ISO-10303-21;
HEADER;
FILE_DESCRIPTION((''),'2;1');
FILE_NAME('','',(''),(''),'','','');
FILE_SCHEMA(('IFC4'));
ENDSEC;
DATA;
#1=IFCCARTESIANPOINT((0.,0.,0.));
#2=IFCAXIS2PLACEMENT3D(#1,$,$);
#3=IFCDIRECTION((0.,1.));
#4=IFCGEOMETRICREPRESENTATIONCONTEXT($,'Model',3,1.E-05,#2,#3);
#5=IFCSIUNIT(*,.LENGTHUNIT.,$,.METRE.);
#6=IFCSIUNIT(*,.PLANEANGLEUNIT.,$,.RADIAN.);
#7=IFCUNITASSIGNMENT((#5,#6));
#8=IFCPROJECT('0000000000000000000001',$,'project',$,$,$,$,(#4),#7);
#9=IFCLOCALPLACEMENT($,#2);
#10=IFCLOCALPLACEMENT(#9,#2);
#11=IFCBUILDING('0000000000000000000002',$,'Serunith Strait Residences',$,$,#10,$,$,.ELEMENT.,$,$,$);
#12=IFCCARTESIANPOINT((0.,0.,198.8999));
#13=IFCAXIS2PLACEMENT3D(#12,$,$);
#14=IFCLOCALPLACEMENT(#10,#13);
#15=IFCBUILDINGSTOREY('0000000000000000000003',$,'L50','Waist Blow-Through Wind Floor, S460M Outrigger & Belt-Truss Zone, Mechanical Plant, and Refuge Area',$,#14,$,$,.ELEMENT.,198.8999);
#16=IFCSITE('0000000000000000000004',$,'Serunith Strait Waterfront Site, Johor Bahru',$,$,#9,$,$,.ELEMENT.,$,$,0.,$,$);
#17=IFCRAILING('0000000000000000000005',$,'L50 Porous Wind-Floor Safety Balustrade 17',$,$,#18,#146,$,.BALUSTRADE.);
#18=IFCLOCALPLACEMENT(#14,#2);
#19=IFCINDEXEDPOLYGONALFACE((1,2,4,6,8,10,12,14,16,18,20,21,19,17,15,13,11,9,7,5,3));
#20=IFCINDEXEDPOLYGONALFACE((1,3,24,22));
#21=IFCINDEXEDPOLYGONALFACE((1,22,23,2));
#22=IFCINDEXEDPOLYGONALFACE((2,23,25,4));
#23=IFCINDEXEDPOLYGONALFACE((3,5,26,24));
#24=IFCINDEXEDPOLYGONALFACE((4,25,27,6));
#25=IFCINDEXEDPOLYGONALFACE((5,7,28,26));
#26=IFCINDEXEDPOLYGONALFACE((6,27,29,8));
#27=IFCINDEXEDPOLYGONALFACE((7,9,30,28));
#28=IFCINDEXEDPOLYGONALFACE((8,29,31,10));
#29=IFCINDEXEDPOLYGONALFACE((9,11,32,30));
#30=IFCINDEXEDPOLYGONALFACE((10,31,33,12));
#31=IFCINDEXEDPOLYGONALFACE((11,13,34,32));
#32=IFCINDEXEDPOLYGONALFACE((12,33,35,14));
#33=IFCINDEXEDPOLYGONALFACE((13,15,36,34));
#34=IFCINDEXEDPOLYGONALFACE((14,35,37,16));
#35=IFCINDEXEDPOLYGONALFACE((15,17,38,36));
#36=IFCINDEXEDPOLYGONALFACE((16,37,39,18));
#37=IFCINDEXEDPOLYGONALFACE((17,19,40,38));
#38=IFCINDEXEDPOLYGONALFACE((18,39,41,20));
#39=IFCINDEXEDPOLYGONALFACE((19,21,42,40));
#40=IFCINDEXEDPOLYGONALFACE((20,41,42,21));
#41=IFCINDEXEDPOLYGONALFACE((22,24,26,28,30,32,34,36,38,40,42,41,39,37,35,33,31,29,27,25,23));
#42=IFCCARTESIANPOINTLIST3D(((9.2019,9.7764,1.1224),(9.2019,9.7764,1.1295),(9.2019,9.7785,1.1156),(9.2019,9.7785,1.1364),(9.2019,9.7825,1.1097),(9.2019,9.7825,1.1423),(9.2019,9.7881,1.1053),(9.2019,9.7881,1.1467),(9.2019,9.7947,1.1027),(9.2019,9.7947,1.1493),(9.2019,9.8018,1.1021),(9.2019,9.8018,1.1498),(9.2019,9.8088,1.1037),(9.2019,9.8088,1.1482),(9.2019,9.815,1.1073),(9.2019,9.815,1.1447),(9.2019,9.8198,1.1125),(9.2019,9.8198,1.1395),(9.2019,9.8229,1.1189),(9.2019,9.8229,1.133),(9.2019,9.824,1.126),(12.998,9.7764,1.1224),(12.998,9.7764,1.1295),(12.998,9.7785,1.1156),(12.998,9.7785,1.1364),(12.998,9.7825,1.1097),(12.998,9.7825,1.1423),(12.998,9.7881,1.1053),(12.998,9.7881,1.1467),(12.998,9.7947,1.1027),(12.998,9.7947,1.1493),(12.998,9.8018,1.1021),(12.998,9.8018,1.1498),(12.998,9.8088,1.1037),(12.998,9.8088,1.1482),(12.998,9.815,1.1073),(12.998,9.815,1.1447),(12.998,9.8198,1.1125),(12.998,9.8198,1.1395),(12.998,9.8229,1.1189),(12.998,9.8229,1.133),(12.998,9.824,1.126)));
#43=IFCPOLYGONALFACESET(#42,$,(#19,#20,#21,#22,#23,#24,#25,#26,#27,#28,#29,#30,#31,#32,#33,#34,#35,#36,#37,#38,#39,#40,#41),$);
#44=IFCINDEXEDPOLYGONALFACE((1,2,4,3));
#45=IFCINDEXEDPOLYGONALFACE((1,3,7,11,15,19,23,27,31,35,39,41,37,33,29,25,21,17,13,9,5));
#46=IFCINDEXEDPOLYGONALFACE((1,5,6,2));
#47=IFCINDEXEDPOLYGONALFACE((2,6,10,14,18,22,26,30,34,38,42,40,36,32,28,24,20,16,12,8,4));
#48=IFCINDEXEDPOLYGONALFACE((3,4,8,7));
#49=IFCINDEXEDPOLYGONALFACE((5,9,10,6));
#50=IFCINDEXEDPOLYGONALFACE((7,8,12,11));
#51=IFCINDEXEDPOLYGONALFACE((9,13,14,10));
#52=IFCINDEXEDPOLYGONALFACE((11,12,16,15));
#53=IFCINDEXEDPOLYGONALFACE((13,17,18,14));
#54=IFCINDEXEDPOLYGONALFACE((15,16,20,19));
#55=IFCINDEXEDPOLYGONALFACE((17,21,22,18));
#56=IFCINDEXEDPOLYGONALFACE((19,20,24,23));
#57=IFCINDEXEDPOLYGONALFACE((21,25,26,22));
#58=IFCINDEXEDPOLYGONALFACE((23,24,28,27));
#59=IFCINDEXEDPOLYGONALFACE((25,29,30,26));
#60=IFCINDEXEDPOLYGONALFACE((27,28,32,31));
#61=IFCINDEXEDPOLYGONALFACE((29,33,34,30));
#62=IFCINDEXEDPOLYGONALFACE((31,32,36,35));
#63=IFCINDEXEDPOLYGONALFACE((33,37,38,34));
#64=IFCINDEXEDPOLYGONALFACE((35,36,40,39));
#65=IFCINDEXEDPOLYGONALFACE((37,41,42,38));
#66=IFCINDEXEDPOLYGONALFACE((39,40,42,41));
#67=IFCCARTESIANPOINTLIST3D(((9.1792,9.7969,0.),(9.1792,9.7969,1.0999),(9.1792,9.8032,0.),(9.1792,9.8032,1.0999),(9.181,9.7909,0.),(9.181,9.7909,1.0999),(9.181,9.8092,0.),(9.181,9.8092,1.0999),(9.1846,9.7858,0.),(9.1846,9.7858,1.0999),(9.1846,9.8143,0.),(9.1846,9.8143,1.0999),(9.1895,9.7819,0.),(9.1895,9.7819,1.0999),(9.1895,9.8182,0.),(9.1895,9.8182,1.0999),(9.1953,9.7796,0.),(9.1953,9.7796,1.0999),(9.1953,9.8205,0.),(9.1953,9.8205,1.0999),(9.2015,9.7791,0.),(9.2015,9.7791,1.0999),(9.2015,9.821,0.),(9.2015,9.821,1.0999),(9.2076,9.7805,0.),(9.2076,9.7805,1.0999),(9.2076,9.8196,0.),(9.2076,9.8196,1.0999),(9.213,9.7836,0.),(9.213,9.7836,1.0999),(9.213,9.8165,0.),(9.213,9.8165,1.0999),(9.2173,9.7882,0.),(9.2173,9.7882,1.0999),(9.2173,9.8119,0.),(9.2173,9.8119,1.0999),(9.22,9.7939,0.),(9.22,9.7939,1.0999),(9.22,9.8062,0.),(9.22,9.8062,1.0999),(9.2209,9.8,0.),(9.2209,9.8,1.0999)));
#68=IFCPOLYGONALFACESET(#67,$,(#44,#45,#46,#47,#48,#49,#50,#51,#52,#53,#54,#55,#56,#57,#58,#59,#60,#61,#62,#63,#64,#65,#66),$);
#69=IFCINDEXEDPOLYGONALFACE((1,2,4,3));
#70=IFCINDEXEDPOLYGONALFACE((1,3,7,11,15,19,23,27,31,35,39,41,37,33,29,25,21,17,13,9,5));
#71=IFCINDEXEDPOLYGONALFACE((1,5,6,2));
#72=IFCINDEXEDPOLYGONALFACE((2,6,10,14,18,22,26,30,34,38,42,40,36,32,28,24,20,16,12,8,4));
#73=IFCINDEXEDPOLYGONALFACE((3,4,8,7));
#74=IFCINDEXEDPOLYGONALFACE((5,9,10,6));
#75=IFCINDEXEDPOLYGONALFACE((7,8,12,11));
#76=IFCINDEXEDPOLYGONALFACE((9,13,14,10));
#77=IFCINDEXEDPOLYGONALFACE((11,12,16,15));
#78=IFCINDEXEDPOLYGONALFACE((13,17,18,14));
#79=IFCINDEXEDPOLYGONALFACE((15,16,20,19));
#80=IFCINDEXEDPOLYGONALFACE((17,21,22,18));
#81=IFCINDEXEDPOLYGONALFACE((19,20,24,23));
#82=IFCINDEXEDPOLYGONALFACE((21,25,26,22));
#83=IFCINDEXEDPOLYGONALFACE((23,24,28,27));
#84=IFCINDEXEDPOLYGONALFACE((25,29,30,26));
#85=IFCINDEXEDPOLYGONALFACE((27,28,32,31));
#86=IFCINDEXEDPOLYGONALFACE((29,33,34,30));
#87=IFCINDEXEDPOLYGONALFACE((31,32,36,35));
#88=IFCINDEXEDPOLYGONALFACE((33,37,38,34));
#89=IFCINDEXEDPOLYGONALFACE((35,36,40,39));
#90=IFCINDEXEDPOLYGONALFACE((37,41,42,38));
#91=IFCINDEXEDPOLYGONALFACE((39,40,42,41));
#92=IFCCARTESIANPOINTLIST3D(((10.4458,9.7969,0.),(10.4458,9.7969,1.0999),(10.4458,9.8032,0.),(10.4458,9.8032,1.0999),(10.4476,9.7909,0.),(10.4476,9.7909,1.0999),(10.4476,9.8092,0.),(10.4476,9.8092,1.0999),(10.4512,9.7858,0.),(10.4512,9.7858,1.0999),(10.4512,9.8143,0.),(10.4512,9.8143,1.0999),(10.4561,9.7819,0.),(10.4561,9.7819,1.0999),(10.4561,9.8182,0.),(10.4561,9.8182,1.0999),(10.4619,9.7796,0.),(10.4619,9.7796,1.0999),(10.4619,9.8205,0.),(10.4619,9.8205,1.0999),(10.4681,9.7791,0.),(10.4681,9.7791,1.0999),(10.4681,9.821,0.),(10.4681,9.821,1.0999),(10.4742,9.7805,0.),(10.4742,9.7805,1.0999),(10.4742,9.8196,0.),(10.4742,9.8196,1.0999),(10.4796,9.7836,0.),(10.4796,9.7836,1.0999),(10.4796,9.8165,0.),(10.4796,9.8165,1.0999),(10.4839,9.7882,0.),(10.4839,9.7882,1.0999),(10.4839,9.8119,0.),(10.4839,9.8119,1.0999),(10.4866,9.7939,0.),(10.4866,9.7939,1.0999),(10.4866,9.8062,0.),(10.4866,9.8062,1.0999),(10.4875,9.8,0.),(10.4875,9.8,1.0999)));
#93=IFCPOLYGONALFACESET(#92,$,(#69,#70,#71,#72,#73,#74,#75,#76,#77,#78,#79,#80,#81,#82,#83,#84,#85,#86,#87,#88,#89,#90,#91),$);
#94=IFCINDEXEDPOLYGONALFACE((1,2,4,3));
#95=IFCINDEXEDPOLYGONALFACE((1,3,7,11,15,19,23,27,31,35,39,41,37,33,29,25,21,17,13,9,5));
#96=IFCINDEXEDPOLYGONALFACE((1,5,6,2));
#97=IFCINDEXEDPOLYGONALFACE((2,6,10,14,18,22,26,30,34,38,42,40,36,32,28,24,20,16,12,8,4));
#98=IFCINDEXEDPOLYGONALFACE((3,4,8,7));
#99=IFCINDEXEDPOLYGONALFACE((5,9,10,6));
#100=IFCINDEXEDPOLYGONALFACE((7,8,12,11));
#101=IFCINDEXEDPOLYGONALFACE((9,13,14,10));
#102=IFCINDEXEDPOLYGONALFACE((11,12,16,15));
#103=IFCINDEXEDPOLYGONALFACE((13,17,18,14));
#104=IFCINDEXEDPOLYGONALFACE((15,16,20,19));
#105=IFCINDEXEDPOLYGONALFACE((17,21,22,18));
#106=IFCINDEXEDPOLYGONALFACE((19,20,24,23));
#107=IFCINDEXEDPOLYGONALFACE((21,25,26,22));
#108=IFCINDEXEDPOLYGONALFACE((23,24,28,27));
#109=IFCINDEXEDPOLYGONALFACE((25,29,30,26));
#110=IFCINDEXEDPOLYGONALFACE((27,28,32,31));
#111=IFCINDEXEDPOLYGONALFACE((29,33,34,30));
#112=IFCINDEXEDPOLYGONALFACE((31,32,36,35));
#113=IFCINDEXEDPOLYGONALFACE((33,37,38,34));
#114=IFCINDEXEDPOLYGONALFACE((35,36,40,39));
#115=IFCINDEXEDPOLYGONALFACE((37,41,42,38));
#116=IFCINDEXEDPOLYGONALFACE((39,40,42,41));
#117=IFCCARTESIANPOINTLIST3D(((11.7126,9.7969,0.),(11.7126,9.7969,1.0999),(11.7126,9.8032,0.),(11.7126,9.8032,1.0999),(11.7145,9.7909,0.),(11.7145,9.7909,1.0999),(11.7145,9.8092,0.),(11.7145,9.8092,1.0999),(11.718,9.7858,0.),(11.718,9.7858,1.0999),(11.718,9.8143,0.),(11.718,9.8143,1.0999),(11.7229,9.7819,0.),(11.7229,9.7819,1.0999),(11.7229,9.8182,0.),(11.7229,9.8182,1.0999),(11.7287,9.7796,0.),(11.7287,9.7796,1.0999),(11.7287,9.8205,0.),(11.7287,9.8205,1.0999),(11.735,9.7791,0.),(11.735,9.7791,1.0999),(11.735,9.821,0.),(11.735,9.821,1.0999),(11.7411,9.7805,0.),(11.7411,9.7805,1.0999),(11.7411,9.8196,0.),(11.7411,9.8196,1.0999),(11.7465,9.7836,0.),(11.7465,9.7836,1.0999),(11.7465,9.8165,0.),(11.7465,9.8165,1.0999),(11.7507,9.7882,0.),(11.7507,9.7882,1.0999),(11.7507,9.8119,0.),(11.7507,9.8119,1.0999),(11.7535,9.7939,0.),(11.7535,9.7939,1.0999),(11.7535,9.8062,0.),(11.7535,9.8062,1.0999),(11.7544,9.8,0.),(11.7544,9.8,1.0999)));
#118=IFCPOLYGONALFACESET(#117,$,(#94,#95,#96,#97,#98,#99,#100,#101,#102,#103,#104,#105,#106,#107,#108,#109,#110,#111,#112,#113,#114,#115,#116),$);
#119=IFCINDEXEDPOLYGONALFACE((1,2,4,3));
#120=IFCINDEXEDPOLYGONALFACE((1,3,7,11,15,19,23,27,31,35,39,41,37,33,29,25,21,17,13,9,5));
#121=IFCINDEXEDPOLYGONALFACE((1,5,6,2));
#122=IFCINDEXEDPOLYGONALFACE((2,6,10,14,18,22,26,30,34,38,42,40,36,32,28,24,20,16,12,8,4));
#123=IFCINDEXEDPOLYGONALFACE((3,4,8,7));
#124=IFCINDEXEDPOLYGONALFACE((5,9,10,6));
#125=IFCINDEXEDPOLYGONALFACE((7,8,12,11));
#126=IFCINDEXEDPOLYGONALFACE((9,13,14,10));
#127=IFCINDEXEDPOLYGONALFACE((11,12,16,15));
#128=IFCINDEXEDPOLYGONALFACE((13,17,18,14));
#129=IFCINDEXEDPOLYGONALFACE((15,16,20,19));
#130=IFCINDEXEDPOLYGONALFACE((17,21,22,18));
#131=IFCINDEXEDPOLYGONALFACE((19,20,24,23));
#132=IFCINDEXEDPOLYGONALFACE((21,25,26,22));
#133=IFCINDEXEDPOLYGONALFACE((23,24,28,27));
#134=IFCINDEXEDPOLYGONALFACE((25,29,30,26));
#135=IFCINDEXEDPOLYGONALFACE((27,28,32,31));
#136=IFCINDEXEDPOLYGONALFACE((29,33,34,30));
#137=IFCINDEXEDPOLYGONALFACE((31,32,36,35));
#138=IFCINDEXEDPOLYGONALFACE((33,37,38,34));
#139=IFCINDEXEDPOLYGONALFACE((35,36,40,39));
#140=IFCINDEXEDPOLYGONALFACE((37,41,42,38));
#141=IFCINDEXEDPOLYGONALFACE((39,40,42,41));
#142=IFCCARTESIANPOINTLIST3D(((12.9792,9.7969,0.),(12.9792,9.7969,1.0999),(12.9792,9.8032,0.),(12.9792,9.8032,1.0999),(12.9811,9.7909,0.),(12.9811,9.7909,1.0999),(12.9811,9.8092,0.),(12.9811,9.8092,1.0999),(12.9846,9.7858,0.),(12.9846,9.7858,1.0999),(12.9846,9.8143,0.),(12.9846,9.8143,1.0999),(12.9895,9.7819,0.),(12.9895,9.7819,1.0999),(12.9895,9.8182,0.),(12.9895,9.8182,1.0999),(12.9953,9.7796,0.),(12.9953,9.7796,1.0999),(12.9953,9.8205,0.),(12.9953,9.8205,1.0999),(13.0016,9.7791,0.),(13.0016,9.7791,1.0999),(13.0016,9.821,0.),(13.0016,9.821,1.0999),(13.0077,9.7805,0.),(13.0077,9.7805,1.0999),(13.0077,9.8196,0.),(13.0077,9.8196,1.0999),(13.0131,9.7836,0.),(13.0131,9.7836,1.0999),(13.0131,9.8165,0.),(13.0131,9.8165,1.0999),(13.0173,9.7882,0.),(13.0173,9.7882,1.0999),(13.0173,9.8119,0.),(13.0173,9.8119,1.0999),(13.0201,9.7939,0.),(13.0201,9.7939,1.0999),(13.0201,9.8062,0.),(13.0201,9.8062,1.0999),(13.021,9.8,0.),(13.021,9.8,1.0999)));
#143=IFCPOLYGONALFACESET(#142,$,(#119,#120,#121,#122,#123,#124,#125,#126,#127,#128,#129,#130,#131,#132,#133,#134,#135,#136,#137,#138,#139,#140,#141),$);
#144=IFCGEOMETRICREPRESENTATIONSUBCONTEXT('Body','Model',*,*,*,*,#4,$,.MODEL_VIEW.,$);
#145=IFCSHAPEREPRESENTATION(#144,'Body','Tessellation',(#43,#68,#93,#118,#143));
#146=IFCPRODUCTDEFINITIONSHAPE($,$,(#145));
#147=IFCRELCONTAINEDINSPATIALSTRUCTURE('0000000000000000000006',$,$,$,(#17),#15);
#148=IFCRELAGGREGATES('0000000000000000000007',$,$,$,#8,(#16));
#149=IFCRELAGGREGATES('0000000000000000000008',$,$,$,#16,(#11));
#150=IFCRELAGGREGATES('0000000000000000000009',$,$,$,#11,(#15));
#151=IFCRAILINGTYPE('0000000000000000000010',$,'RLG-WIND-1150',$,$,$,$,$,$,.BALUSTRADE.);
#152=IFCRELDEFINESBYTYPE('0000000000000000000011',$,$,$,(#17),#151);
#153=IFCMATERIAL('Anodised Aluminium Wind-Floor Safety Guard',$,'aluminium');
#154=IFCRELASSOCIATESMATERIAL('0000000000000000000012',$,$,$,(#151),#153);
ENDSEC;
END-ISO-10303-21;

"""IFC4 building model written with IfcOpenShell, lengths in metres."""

from ifc_helpers import new_model, si_unit, direction, frame, origin, origin_2d, place, context, subcontext, project, spatial, circle, extrude, material, type_object, element, save


model = new_model("IFC4")

# Units and contexts
model_context = context("Model", 3, precision=1e-05, world=origin(), true_north=direction((0.0, 1.0)))
body_context = subcontext(model_context, "Body", "Model", "MODEL_VIEW")
ifc_project = project(units=[si_unit("LENGTHUNIT", "METRE"), si_unit("PLANEANGLEUNIT", "RADIAN")], contexts=[model_context])

# Site, building, storey
site_placement = place(None, origin())
site = spatial("IfcSite", under=ifc_project, at=site_placement, Name="Serunith Strait Waterfront Site, Johor Bahru", CompositionType="ELEMENT", RefElevation=0.0)
building_placement = place(site_placement, origin())
building = spatial("IfcBuilding", under=site, at=building_placement, Name="Serunith Strait Residences", CompositionType="ELEMENT")
storey_placement = place(building_placement, frame((0.0, 0.0, 198.8999)))
storey = spatial("IfcBuildingStorey", under=building, at=storey_placement, Name="L50", Description="Waist Blow-Through Wind Floor, S460M Outrigger & Belt-Truss Zone, Mechanical Plant, and Refuge Area", CompositionType="ELEMENT", Elevation=198.8999)

# Railing
ifc_material_1 = material(Name="Anodised Aluminium Wind-Floor Safety Guard", Category="aluminium")
railing_type = type_object("IfcRailingType", Name="RLG-WIND-1150", PredefinedType="BALUSTRADE", material=ifc_material_1)
railing_1_placement = place(storey_placement, frame((9.2, 9.8, 0.0)))
element("IfcRailing", 1, at=railing_1_placement, inside=storey, type_object=railing_type, Name="L50 Porous Wind-Floor Safety Balustrade 17", PredefinedType="BALUSTRADE", context=body_context, shape_type="SweptSolid", body=[
    extrude(circle(Radius=0.0239, at=origin_2d()), frame((0.002, 0.0, 1.126), z_axis=(1.0, 0.0, 0.0), x_axis=(0.0, 1.0, 0.0)), (0.0, 0.0, 1.0), 3.7961),
    extrude(circle(Radius=0.021, at=origin_2d()), origin(), (0.0, 0.0, 1.0), 1.0999),
    extrude(circle(Radius=0.021, at=origin_2d()), frame((1.2666, 0.0, 0.0)), (0.0, 0.0, 1.0), 1.0999),
    extrude(circle(Radius=0.021, at=origin_2d()), frame((2.5334, 0.0, 0.0)), (0.0, 0.0, 1.0), 1.0999),
    extrude(circle(Radius=0.021, at=origin_2d()), frame((3.8, 0.0, 0.0)), (0.0, 0.0, 1.0), 1.0999),
])

save(model, "model.ifc")
